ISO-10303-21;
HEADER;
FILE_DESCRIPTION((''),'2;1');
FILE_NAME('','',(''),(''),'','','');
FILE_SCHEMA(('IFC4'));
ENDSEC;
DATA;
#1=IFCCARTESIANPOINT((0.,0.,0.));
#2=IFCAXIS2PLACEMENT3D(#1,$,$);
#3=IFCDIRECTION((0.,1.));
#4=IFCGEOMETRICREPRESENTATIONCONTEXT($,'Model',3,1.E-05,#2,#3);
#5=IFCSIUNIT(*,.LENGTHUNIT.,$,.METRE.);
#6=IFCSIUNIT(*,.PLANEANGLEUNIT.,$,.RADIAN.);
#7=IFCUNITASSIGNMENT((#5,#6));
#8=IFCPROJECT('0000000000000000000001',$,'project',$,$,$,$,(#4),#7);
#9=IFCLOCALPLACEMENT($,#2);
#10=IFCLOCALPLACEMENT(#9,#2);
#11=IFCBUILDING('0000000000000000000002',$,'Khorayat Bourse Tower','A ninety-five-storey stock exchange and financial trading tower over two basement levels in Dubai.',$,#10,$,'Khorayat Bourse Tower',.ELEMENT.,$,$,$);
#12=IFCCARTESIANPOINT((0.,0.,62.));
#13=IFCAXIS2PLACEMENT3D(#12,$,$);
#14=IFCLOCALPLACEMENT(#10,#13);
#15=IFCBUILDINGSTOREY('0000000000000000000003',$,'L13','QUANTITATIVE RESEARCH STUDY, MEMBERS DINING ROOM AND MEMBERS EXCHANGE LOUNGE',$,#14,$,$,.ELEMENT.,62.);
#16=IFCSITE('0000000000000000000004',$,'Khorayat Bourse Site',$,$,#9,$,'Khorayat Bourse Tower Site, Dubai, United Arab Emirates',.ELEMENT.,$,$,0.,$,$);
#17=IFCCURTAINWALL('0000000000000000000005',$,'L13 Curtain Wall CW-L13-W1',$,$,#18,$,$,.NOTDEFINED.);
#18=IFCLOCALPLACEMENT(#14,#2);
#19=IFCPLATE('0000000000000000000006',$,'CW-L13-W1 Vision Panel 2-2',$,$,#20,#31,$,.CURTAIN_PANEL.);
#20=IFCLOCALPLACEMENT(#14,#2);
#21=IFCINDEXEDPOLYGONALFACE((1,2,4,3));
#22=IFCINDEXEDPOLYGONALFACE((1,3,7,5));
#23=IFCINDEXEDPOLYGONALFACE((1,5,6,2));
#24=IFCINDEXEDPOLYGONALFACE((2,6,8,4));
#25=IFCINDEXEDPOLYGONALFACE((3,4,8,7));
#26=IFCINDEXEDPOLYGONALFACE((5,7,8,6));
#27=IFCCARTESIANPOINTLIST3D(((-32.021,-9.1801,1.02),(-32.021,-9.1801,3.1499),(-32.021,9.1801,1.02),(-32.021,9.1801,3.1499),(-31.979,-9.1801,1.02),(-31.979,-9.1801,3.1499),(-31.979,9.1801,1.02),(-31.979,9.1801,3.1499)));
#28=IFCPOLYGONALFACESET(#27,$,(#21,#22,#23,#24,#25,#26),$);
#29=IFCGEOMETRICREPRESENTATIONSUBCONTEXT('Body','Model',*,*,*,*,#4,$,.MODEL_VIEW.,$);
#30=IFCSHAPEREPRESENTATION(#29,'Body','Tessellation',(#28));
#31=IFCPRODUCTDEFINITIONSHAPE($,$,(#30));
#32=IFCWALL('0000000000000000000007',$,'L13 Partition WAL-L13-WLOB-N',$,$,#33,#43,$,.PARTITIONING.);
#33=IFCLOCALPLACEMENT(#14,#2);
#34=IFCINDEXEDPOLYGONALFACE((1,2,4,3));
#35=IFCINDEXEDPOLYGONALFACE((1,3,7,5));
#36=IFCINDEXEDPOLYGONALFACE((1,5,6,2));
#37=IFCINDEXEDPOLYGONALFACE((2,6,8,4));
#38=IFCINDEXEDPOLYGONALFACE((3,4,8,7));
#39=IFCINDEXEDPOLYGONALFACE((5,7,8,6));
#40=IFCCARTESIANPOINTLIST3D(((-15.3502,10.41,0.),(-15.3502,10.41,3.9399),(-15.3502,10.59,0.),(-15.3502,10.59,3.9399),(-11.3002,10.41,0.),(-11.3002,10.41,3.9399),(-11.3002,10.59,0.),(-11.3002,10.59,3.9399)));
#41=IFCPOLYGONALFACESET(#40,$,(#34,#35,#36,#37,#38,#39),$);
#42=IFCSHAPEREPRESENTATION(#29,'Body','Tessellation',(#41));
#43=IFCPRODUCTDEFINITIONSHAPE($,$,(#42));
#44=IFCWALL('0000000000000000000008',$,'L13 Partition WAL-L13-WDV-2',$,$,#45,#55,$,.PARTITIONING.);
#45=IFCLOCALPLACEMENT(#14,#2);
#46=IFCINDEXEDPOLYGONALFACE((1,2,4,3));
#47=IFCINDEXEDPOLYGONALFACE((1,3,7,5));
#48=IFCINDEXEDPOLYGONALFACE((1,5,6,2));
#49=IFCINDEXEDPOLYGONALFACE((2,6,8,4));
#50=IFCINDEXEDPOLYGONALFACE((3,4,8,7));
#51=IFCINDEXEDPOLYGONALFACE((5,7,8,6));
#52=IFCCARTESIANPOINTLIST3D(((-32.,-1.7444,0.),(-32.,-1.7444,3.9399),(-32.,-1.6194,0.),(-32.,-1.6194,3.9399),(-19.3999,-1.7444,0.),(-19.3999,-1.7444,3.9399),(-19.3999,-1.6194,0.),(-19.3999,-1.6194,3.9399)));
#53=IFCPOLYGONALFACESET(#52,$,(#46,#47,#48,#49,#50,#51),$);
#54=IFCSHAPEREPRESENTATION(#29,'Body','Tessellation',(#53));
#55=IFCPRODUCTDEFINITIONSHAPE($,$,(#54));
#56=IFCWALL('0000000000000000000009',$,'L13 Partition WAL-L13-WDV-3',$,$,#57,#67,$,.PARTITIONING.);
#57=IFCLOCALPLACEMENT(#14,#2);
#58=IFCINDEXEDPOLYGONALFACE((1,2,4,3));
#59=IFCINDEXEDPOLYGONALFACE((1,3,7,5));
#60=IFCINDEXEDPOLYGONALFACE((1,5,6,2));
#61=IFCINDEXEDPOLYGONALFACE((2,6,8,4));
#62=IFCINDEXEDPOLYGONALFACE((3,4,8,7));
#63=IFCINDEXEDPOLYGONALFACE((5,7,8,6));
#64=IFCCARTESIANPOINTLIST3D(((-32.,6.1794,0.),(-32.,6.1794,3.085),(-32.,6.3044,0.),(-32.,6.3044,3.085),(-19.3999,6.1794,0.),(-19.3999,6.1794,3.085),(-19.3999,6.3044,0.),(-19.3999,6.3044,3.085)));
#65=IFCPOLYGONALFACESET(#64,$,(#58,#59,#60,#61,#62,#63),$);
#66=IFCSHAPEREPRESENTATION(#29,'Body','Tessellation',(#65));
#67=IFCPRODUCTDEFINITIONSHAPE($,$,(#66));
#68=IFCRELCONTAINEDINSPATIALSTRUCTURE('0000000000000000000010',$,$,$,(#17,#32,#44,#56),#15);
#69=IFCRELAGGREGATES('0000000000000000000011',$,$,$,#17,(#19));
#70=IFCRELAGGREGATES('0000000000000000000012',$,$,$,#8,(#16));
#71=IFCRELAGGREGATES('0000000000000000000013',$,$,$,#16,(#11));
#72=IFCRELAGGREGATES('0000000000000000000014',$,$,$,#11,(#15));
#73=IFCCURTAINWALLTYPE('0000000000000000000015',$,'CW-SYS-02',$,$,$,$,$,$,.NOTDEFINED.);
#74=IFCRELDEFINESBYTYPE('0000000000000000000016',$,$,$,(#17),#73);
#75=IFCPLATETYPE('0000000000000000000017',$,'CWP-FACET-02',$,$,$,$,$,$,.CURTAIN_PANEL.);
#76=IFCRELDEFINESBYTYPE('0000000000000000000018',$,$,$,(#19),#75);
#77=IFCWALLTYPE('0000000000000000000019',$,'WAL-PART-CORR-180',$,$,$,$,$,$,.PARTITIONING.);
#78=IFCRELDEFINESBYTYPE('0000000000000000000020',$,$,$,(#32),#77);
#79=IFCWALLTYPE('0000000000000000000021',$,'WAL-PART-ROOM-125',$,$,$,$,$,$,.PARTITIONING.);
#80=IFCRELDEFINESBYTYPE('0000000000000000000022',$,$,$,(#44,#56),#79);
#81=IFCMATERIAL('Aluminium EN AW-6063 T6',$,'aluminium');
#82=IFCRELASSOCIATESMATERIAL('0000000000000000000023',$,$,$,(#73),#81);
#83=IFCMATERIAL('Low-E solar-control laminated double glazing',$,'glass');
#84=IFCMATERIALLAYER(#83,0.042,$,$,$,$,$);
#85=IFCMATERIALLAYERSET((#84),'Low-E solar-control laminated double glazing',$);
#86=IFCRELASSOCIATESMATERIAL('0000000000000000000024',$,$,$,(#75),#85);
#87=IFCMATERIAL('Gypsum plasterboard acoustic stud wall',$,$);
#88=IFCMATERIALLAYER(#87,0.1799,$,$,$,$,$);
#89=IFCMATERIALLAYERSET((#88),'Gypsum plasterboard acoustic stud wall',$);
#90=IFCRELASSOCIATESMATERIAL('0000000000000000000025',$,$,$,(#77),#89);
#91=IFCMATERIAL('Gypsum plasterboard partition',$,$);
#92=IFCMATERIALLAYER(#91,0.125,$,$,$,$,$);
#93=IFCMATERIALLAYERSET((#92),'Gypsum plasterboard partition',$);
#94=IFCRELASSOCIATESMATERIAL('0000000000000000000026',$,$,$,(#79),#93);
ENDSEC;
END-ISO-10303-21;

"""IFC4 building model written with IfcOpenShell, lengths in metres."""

from ifc_helpers import new_model, si_unit, direction, frame, frame_2d, origin, origin_2d, place, context, subcontext, project, spatial, rectangle, extrude, source, transform, mapped, material, layer, layer_set, type_object, element, aggregate, save


model = new_model("IFC4")

# Units and contexts
model_context = context("Model", 3, precision=1e-05, world=origin(), true_north=direction((0.0, 1.0)))
body_context = subcontext(model_context, "Body", "Model", "MODEL_VIEW")
ifc_project = project(units=[si_unit("LENGTHUNIT", "METRE"), si_unit("PLANEANGLEUNIT", "RADIAN")], contexts=[model_context])

# Site, building, storey
site_placement = place(None, origin())
site = spatial("IfcSite", under=ifc_project, at=site_placement, Name="Khorayat Bourse Site", LongName="Khorayat Bourse Tower Site, Dubai, United Arab Emirates", CompositionType="ELEMENT", RefElevation=0.0)
building_placement = place(site_placement, origin())
building = spatial("IfcBuilding", under=site, at=building_placement, Name="Khorayat Bourse Tower", Description="A ninety-five-storey stock exchange and financial trading tower over two basement levels in Dubai.", LongName="Khorayat Bourse Tower", CompositionType="ELEMENT")
storey_placement = place(building_placement, frame((0.0, 0.0, 62.0)))
storey = spatial("IfcBuildingStorey", under=building, at=storey_placement, Name="L13", Description="QUANTITATIVE RESEARCH STUDY, MEMBERS DINING ROOM AND MEMBERS EXCHANGE LOUNGE", CompositionType="ELEMENT", Elevation=62.0)

# Curtain wall
ifc_material_1 = material(Name="Aluminium EN AW-6063 T6", Category="aluminium")
curtain_wall_type = type_object("IfcCurtainWallType", Name="CW-SYS-02", PredefinedType="NOTDEFINED", material=ifc_material_1)
curtain_wall_placement = place(storey_placement, origin())
curtain_wall = element("IfcCurtainWall", 1, at=curtain_wall_placement, inside=storey, type_object=curtain_wall_type, Name="L13 Curtain Wall CW-L13-W1", PredefinedType="NOTDEFINED")

# Plate
ifc_material_2 = material(Name="Low-E solar-control laminated double glazing", Category="glass")
ifc_layer_1 = layer(ifc_material_2, 0.042)
ifc_layer_set_1 = layer_set([ifc_layer_1], Name="Low-E solar-control laminated double glazing")
plate_type_1 = type_object("IfcPlateType", Name="CWP-FACET-02", PredefinedType="CURTAIN_PANEL", material=ifc_layer_set_1)
shared_shape_1 = source(origin(), body_context, "Body", "SweptSolid", [
    extrude(rectangle(XDim=18.3601, YDim=0.042, at=origin_2d()), origin(), (0.0, 0.0, 1.0), 2.1299),
])
plate_1_placement = place(storey_placement, frame((-32.0, 0.0, 1.02), z_axis=(0.0, 0.0, 1.0), x_axis=(0.0, 1.0, 0.0)))
plate_1 = element("IfcPlate", 2, at=plate_1_placement, type_object=plate_type_1, Name="CW-L13-W1 Vision Panel 2-2", PredefinedType="CURTAIN_PANEL", context=body_context, shape_type="MappedRepresentation", body=[
    mapped(shared_shape_1, transform((0.0, 0.0, 0.0), scale=1.0)),
])
aggregate(curtain_wall, [plate_1])

# Walls
ifc_material_3 = material(Name="Gypsum plasterboard acoustic stud wall")
ifc_layer_2 = layer(ifc_material_3, 0.1799)
ifc_layer_set_2 = layer_set([ifc_layer_2], Name="Gypsum plasterboard acoustic stud wall")
wall_type_1 = type_object("IfcWallType", Name="WAL-PART-CORR-180", PredefinedType="PARTITIONING", material=ifc_layer_set_2)
shared_shape_2 = source(origin(), body_context, "Body", "SweptSolid", [
    extrude(rectangle(XDim=4.05, YDim=0.1799, at=frame_2d((2.0249, 0.0))), origin(), (0.0, 0.0, 1.0), 3.9399),
])
wall_1_placement = place(storey_placement, frame((-15.3501, 10.5, 0.0), z_axis=(0.0, 0.0, 1.0), x_axis=(1.0, 0.0, 0.0)))
element("IfcWall", 3, at=wall_1_placement, inside=storey, type_object=wall_type_1, Name="L13 Partition WAL-L13-WLOB-N", PredefinedType="PARTITIONING", context=body_context, shape_type="MappedRepresentation", body=[
    mapped(shared_shape_2, transform((0.0, 0.0, 0.0), scale=1.0)),
])
ifc_material_4 = material(Name="Gypsum plasterboard partition")
ifc_layer_3 = layer(ifc_material_4, 0.125)
ifc_layer_set_3 = layer_set([ifc_layer_3], Name="Gypsum plasterboard partition")
wall_type_2 = type_object("IfcWallType", Name="WAL-PART-ROOM-125", PredefinedType="PARTITIONING", material=ifc_layer_set_3)
shared_shape_3 = source(origin(), body_context, "Body", "SweptSolid", [
    extrude(rectangle(XDim=12.6001, YDim=0.125, at=frame_2d((6.3, 0.0))), origin(), (0.0, 0.0, 1.0), 3.9399),
])
wall_2_placement = place(storey_placement, frame((-32.0, -1.6819, 0.0), z_axis=(0.0, 0.0, 1.0), x_axis=(1.0, 0.0, 0.0)))
element("IfcWall", 4, at=wall_2_placement, inside=storey, type_object=wall_type_2, Name="L13 Partition WAL-L13-WDV-2", PredefinedType="PARTITIONING", context=body_context, shape_type="MappedRepresentation", body=[
    mapped(shared_shape_3, transform((0.0, 0.0, 0.0), scale=1.0)),
])
shared_shape_4 = source(origin(), body_context, "Body", "SweptSolid", [
    extrude(rectangle(XDim=12.6001, YDim=0.125, at=frame_2d((6.3, 0.0))), origin(), (0.0, 0.0, 1.0), 3.085),
])
wall_3_placement = place(storey_placement, frame((-32.0, 6.2419, 0.0), z_axis=(0.0, 0.0, 1.0), x_axis=(1.0, 0.0, 0.0)))
element("IfcWall", 5, at=wall_3_placement, inside=storey, type_object=wall_type_2, Name="L13 Partition WAL-L13-WDV-3", PredefinedType="PARTITIONING", context=body_context, shape_type="MappedRepresentation", body=[
    mapped(shared_shape_4, transform((0.0, 0.0, 0.0), scale=1.0)),
])

save(model, "model.ifc")
